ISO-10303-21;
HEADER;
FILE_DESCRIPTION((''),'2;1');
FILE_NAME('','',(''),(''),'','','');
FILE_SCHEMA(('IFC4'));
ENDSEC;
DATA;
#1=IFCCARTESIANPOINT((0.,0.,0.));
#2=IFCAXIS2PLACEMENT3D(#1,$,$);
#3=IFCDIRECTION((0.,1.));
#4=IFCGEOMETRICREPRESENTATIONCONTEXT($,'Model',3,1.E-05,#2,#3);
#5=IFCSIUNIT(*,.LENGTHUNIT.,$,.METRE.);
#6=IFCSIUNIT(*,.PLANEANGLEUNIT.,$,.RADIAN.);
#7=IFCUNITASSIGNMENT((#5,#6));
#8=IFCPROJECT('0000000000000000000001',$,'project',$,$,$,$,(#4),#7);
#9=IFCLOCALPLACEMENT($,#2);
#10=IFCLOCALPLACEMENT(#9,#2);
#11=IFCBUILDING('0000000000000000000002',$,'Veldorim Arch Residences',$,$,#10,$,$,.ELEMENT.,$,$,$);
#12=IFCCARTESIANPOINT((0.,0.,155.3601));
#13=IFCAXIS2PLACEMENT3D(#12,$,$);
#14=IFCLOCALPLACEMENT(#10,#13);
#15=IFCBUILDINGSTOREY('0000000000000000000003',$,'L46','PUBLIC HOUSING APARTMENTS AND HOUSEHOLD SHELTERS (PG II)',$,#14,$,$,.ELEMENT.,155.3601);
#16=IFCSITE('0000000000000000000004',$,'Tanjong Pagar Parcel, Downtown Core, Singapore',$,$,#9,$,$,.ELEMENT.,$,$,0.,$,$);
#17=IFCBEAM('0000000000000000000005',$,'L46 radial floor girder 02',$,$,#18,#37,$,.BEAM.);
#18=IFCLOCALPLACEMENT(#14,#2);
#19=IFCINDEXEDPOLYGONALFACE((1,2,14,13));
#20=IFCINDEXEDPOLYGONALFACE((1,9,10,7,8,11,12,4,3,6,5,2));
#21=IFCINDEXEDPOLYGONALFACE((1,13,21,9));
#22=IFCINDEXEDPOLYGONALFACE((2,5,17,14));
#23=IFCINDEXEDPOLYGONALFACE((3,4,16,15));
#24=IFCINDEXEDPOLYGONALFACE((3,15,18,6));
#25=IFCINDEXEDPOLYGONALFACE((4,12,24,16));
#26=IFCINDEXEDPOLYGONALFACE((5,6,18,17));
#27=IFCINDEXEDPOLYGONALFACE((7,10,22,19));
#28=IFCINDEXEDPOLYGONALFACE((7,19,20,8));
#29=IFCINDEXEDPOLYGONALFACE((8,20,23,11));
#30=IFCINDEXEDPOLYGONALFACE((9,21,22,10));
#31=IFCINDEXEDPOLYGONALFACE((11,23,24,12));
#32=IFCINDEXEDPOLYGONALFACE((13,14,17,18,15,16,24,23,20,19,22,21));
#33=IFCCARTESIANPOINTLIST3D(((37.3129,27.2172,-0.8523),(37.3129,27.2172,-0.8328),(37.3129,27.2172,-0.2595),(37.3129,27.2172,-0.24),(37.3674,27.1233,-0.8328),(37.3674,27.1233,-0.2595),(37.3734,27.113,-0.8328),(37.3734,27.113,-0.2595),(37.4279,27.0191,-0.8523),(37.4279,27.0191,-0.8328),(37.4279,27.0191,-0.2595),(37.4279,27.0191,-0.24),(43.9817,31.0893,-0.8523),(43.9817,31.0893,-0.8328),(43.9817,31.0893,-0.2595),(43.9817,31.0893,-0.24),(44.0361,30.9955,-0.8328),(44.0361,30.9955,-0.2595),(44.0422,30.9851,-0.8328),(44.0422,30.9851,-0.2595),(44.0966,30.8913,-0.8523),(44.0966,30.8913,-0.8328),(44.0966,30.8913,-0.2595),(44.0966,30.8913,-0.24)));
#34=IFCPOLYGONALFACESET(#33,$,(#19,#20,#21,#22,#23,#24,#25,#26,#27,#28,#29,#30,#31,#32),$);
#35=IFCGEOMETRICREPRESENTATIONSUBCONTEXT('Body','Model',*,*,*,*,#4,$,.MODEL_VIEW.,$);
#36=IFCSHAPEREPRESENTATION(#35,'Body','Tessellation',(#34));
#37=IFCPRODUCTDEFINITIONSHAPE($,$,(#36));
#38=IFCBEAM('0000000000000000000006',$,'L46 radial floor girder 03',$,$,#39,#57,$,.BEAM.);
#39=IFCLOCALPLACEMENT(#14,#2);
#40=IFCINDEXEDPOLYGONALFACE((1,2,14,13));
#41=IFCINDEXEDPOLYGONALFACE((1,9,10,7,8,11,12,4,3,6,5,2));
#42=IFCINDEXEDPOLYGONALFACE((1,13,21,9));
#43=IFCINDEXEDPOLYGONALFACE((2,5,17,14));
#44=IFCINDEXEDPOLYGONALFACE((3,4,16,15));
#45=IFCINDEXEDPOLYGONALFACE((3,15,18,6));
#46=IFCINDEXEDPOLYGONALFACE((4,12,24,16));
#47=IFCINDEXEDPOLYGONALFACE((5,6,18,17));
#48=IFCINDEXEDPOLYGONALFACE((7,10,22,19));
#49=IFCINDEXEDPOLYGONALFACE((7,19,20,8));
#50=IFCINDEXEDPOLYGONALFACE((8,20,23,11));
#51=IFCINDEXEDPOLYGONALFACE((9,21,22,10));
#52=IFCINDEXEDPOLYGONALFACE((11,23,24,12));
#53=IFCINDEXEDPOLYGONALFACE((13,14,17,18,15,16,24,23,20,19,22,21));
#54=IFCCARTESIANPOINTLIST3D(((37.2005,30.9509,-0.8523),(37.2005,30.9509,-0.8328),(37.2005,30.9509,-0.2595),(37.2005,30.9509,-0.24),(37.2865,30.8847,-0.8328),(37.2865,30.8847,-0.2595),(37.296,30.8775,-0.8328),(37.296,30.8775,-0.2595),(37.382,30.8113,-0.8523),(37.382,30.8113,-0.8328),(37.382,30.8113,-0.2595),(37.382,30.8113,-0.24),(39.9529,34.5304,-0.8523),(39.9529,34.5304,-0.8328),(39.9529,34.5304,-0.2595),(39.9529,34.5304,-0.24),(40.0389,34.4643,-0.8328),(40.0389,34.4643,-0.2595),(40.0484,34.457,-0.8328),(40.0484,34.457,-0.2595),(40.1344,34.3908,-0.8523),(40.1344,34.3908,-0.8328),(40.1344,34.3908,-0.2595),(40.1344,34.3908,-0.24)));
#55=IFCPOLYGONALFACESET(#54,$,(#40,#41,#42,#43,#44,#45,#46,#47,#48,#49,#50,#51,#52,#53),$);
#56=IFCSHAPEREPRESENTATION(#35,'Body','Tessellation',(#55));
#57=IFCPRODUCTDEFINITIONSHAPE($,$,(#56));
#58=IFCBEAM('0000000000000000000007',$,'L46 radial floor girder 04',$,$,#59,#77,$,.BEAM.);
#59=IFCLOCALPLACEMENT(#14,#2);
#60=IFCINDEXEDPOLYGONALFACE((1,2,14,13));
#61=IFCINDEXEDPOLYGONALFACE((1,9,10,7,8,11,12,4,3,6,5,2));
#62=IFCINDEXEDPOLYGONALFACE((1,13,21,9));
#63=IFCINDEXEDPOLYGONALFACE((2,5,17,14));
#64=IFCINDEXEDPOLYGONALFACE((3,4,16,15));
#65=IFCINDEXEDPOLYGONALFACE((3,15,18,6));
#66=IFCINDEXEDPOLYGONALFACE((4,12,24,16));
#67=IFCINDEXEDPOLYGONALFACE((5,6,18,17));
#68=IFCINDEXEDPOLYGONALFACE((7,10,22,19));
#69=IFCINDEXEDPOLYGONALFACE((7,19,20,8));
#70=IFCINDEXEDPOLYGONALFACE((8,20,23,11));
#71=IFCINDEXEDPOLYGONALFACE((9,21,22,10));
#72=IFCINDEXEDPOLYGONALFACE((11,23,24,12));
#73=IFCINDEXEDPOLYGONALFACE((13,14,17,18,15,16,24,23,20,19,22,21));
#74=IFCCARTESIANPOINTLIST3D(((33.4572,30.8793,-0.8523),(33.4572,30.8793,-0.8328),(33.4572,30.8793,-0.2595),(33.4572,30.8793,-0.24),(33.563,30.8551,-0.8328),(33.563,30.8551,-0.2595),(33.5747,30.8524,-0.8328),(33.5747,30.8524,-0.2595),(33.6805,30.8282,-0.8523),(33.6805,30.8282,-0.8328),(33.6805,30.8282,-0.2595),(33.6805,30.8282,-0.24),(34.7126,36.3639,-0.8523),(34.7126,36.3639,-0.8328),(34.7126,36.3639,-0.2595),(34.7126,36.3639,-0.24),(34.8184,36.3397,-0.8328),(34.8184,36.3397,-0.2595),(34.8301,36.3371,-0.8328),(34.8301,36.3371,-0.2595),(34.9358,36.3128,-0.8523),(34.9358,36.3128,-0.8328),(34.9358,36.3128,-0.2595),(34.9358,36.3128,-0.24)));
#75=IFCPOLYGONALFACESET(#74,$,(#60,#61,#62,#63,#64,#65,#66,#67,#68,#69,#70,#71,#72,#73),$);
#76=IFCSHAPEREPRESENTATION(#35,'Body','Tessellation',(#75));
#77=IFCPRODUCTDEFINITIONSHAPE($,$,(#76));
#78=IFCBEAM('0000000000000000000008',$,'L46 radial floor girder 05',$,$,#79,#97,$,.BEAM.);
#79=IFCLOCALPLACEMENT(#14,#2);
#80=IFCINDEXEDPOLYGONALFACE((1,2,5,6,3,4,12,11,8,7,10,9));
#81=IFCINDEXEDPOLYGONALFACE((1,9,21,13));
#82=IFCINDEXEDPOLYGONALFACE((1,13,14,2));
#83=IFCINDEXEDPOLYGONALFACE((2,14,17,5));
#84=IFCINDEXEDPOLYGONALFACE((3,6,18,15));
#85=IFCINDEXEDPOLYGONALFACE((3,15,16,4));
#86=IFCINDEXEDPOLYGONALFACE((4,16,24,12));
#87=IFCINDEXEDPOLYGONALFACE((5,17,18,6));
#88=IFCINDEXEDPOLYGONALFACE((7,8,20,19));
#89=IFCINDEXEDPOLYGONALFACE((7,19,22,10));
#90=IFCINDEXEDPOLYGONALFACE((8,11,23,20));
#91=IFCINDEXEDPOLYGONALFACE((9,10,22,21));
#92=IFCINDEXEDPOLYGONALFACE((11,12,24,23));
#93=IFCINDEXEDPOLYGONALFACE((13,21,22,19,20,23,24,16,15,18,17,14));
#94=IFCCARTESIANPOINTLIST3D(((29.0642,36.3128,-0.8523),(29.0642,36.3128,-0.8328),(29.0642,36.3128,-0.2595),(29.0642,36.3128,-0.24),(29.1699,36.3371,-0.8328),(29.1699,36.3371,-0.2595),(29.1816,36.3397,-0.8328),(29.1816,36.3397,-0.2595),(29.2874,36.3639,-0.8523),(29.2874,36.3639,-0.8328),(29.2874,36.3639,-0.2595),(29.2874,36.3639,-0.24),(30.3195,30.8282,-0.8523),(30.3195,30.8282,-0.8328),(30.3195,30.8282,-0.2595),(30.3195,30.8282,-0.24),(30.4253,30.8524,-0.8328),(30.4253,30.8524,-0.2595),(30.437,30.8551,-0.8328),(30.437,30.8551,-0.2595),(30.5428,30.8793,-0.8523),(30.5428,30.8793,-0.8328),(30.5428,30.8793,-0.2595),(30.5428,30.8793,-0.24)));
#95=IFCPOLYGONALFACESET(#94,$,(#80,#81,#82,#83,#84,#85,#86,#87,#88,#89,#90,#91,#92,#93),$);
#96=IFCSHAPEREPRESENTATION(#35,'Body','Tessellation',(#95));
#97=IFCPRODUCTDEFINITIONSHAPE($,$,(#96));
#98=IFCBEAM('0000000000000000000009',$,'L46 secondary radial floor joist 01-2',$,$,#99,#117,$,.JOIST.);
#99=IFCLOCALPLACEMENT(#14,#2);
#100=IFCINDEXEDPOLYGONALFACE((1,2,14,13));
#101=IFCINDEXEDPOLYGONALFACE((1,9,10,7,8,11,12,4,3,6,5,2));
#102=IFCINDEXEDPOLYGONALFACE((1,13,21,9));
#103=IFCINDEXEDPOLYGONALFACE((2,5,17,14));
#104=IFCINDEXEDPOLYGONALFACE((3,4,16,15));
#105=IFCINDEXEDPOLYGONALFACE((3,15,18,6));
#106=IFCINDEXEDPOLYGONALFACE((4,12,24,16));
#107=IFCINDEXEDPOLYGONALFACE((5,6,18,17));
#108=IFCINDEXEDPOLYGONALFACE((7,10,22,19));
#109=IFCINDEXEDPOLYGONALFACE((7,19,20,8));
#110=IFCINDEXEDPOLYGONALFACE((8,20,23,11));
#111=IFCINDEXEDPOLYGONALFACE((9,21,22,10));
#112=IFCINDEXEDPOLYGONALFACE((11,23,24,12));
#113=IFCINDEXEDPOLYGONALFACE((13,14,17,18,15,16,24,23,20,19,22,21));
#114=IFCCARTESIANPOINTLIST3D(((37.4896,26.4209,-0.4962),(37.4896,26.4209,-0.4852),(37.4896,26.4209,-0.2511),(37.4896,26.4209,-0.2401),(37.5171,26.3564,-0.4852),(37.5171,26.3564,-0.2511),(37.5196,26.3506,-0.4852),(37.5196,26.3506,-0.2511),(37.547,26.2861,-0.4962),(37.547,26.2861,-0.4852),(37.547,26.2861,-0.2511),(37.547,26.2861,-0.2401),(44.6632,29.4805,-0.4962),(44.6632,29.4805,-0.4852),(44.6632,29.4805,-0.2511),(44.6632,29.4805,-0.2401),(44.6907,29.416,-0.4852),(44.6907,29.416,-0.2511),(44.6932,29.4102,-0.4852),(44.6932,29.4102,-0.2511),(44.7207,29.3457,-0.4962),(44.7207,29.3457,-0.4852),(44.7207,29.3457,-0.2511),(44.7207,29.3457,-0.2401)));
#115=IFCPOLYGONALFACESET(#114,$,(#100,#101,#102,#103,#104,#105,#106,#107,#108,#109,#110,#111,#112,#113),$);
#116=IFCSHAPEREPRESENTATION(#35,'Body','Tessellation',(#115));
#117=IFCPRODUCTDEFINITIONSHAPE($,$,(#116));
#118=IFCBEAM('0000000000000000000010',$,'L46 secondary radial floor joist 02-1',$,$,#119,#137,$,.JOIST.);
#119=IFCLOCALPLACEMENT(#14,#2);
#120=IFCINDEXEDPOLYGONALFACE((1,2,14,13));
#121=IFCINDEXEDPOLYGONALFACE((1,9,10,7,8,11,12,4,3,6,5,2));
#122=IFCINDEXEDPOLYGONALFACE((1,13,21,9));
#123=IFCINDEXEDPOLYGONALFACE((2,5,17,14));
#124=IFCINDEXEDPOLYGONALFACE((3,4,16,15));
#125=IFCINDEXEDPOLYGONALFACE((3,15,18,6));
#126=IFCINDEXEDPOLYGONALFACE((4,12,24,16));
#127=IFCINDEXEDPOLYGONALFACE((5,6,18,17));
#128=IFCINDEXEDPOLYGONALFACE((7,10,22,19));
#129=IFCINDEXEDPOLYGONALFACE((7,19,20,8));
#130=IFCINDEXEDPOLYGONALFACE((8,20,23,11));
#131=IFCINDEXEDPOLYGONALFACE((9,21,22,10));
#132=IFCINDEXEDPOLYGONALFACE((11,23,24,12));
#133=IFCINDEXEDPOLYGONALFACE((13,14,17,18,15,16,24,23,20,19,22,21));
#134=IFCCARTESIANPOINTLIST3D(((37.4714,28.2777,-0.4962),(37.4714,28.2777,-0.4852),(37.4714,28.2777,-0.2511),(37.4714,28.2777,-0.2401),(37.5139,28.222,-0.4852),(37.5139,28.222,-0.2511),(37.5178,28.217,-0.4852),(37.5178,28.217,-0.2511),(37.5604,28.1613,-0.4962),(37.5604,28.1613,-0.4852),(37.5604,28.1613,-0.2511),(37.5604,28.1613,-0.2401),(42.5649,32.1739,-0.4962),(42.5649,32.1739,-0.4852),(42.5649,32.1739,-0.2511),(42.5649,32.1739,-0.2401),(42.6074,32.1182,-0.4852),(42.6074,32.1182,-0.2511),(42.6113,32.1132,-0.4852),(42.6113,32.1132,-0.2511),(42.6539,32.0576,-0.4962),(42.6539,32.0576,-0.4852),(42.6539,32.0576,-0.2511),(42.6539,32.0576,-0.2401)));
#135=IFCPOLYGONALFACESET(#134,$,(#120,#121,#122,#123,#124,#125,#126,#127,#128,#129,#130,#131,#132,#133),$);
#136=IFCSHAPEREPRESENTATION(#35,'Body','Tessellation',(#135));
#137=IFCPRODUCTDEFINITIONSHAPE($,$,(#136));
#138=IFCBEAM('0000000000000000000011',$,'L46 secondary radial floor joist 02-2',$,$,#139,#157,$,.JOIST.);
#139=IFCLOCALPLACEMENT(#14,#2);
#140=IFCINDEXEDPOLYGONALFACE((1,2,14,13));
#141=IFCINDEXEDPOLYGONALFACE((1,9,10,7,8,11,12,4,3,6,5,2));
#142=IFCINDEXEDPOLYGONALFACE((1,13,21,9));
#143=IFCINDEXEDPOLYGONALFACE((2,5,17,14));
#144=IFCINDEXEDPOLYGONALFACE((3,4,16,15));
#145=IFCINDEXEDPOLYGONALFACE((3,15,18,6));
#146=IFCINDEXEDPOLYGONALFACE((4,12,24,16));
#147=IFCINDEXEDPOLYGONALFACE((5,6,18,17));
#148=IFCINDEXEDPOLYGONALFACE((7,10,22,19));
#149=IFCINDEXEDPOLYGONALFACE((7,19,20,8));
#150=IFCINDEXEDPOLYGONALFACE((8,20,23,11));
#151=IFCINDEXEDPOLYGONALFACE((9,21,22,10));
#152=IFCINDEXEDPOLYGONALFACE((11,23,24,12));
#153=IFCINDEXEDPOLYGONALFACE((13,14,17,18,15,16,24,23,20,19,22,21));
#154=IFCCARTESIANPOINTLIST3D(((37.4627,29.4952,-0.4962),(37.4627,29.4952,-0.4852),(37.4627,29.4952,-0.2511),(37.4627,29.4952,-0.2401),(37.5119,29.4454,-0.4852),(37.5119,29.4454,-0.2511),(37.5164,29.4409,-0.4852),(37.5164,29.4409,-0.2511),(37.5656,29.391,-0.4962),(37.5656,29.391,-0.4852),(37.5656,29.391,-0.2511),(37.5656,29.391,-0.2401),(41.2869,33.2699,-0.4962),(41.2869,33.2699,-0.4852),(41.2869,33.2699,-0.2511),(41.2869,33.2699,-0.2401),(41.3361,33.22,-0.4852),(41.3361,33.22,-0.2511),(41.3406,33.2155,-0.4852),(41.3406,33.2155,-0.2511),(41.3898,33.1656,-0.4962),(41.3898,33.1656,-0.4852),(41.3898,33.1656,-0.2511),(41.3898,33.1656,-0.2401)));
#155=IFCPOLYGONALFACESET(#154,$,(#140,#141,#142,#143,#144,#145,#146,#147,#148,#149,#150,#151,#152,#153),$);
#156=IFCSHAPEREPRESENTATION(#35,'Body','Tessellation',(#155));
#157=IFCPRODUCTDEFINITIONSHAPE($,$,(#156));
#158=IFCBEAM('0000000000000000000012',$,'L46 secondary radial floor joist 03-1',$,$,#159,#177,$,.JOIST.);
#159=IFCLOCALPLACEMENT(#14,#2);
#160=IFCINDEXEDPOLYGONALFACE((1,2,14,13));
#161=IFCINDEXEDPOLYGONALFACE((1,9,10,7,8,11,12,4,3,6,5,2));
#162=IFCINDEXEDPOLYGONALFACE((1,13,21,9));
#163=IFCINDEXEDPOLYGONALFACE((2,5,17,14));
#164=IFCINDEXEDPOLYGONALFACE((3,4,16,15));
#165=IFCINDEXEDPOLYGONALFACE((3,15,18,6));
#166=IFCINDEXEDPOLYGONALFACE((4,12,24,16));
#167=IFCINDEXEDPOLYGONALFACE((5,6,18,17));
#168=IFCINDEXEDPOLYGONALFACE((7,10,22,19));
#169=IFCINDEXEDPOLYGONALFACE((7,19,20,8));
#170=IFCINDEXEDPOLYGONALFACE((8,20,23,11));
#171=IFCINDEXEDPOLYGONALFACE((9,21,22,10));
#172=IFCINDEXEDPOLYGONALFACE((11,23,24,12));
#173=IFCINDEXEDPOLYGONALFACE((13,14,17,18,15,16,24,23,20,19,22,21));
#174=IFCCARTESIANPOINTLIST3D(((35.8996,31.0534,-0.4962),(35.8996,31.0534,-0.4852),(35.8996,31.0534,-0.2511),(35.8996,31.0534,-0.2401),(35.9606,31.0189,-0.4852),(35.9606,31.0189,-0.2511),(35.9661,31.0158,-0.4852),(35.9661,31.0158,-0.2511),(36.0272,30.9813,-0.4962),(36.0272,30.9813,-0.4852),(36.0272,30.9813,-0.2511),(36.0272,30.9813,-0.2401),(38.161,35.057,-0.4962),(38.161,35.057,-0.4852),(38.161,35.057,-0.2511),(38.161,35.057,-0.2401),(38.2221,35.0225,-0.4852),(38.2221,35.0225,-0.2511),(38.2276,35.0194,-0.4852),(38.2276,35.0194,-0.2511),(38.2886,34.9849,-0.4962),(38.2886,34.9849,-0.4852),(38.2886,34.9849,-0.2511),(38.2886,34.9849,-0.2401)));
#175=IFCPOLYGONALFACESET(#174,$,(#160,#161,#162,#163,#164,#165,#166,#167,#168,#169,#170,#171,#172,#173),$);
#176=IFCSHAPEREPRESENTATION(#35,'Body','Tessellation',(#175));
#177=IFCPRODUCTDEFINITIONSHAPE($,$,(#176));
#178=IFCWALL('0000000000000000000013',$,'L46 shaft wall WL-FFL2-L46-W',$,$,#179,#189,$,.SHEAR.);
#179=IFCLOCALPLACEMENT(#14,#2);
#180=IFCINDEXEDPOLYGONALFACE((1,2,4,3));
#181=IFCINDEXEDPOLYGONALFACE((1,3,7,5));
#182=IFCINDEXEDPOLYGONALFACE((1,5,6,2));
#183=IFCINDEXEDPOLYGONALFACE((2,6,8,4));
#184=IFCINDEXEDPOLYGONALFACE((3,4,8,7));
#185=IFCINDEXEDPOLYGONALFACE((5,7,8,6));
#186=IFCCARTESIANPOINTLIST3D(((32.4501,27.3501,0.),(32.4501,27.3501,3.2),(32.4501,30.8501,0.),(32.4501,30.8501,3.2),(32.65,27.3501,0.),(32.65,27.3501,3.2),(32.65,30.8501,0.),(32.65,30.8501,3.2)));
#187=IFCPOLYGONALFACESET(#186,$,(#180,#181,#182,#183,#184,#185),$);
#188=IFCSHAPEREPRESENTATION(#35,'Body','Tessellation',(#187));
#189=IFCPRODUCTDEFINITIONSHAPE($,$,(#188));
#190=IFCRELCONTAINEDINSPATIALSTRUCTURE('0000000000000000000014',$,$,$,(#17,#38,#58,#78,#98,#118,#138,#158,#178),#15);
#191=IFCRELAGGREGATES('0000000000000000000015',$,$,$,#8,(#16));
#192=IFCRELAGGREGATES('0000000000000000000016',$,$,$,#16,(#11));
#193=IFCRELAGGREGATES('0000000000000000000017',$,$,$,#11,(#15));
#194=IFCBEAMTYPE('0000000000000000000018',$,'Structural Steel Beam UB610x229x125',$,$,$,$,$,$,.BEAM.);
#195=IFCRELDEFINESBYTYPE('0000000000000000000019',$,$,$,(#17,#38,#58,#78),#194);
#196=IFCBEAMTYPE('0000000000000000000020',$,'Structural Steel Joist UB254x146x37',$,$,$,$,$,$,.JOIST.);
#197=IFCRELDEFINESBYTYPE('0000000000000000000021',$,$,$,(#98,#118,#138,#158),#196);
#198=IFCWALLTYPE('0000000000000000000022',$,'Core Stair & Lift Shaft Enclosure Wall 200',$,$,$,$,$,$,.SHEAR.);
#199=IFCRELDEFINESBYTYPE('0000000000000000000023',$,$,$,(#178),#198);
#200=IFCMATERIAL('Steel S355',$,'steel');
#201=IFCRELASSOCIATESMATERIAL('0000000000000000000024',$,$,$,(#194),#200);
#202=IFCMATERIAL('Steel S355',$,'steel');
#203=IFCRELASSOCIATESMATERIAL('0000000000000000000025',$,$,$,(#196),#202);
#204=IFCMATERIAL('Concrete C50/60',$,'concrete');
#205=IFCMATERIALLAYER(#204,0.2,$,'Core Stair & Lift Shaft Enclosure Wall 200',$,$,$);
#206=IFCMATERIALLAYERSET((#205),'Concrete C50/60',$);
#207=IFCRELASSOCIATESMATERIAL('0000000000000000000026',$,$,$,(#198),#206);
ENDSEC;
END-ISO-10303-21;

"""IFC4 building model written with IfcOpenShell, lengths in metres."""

from ifc_helpers import new_model, si_unit, direction, frame, frame_2d, origin, origin_2d, place, context, subcontext, project, spatial, rectangle, i_section, extrude, material, layer, layer_set, material_profile, profile_set, type_object, element, save


model = new_model("IFC4")

# Units and contexts
model_context = context("Model", 3, precision=1e-05, world=origin(), true_north=direction((0.0, 1.0)))
body_context = subcontext(model_context, "Body", "Model", "MODEL_VIEW")
ifc_project = project(units=[si_unit("LENGTHUNIT", "METRE"), si_unit("PLANEANGLEUNIT", "RADIAN")], contexts=[model_context])

# Site, building, storey
site_placement = place(None, origin())
site = spatial("IfcSite", under=ifc_project, at=site_placement, Name="Tanjong Pagar Parcel, Downtown Core, Singapore", CompositionType="ELEMENT", RefElevation=0.0)
building_placement = place(site_placement, origin())
building = spatial("IfcBuilding", under=site, at=building_placement, Name="Veldorim Arch Residences", CompositionType="ELEMENT")
storey_placement = place(building_placement, frame((0.0, 0.0, 155.3601)))
storey = spatial("IfcBuildingStorey", under=building, at=storey_placement, Name="L46", Description="PUBLIC HOUSING APARTMENTS AND HOUSEHOLD SHELTERS (PG II)", CompositionType="ELEMENT", Elevation=155.3601)

# Beams
ifc_material_1 = material(Name="Steel S355", Category="steel")
ifc_material_profile_1 = material_profile(ifc_material_1, i_section(OverallWidth=0.229, OverallDepth=0.6123, WebThickness=0.012, FlangeThickness=0.0195, at=origin_2d()), Name="UB610x229x125")
ifc_profile_set_1 = profile_set([ifc_material_profile_1], Name="Steel S355")
beam_type_1 = type_object("IfcBeamType", Name="Structural Steel Beam UB610x229x125", PredefinedType="BEAM", material=ifc_profile_set_1)
beam_1_placement = place(storey_placement, frame((37.3704, 27.1182, -0.5461), z_axis=(0.864793, 0.502128, 0.0), x_axis=(-0.502128, 0.864793, 0.0)))
element("IfcBeam", 1, at=beam_1_placement, inside=storey, type_object=beam_type_1, Name="L46 radial floor girder 02", PredefinedType="BEAM", context=body_context, shape_type="SweptSolid", body=[
    extrude(i_section(OverallWidth=0.229, OverallDepth=0.6123, WebThickness=0.012, FlangeThickness=0.0195, at=origin_2d()), origin(), (0.0, 0.0, 1.0), 7.7114),
])
beam_2_placement = place(storey_placement, frame((37.2913, 30.8811, -0.5461), z_axis=(0.609559, 0.792741, 0.0), x_axis=(-0.792741, 0.609559, 0.0)))
element("IfcBeam", 2, at=beam_2_placement, inside=storey, type_object=beam_type_1, Name="L46 radial floor girder 03", PredefinedType="BEAM", context=body_context, shape_type="SweptSolid", body=[
    extrude(i_section(OverallWidth=0.229, OverallDepth=0.6123, WebThickness=0.012, FlangeThickness=0.0195, at=origin_2d()), origin(), (0.0, 0.0, 1.0), 4.5154),
])
for number, where, z_axis, x_axis, name in (
    (3, (33.5688, 30.8538, -0.5461), (0.223119, 0.974791, 0.0), (-0.974791, 0.223119, 0.0), "L46 radial floor girder 04"),
    (4, (30.4312, 30.8538, -0.5461), (-0.223119, 0.974791, 0.0), (-0.974791, -0.223119, 0.0), "L46 radial floor girder 05"),
):
    element("IfcBeam", number, at=place(storey_placement, frame(where, z_axis=z_axis, x_axis=x_axis)), inside=storey, type_object=beam_type_1, Name=name, PredefinedType="BEAM", context=body_context, shape_type="SweptSolid", body=[
        extrude(i_section(OverallWidth=0.229, OverallDepth=0.6123, WebThickness=0.012, FlangeThickness=0.0195, at=origin_2d()), origin(), (0.0, 0.0, 1.0), 5.6265),
    ])
ifc_material_2 = material(Name="Steel S355", Category="steel")
ifc_material_profile_2 = material_profile(ifc_material_2, i_section(OverallWidth=0.1465, OverallDepth=0.2561, WebThickness=0.0063, FlangeThickness=0.011, at=origin_2d()), Name="UB254x146x37")
ifc_profile_set_2 = profile_set([ifc_material_profile_2], Name="Steel S355")
beam_type_2 = type_object("IfcBeamType", Name="Structural Steel Joist UB254x146x37", PredefinedType="JOIST", material=ifc_profile_set_2)
beam_3_placement = place(storey_placement, frame((37.5183, 26.3535, -0.3682), z_axis=(0.919832, 0.392313, 0.0), x_axis=(-0.392313, 0.919832, 0.0)))
element("IfcBeam", 5, at=beam_3_placement, inside=storey, type_object=beam_type_2, Name="L46 secondary radial floor joist 01-2", PredefinedType="JOIST", context=body_context, shape_type="SweptSolid", body=[
    extrude(i_section(OverallWidth=0.1465, OverallDepth=0.2561, WebThickness=0.0063, FlangeThickness=0.011, at=origin_2d()), origin(), (0.0, 0.0, 1.0), 7.7988),
])
beam_4_placement = place(storey_placement, frame((37.5159, 28.2195, -0.3682), z_axis=(0.794267, 0.607569, 0.0), x_axis=(-0.607569, 0.794267, 0.0)))
element("IfcBeam", 6, at=beam_4_placement, inside=storey, type_object=beam_type_2, Name="L46 secondary radial floor joist 02-1", PredefinedType="JOIST", context=body_context, shape_type="SweptSolid", body=[
    extrude(i_section(OverallWidth=0.1465, OverallDepth=0.2561, WebThickness=0.0063, FlangeThickness=0.011, at=origin_2d()), origin(), (0.0, 0.0, 1.0), 6.4128),
])
beam_5_placement = place(storey_placement, frame((37.5142, 29.4431, -0.3682), z_axis=(0.711703, 0.70248, 0.0), x_axis=(-0.70248, 0.711703, 0.0)))
element("IfcBeam", 7, at=beam_5_placement, inside=storey, type_object=beam_type_2, Name="L46 secondary radial floor joist 02-2", PredefinedType="JOIST", context=body_context, shape_type="SweptSolid", body=[
    extrude(i_section(OverallWidth=0.1465, OverallDepth=0.2561, WebThickness=0.0063, FlangeThickness=0.011, at=origin_2d()), origin(), (0.0, 0.0, 1.0), 5.3733),
])
beam_6_placement = place(storey_placement, frame((35.9634, 31.0173, -0.3682), z_axis=(0.491816, 0.870699, 0.0), x_axis=(-0.870699, 0.491816, 0.0)))
element("IfcBeam", 8, at=beam_6_placement, inside=storey, type_object=beam_type_2, Name="L46 secondary radial floor joist 03-1", PredefinedType="JOIST", context=body_context, shape_type="SweptSolid", body=[
    extrude(i_section(OverallWidth=0.1465, OverallDepth=0.2561, WebThickness=0.0063, FlangeThickness=0.011, at=origin_2d()), origin(), (0.0, 0.0, 1.0), 4.5981),
])

# Shared definitions
ifc_material_3 = material(Name="Concrete C50/60", Category="concrete")
ifc_layer = layer(ifc_material_3, 0.2, Name="Core Stair & Lift Shaft Enclosure Wall 200")
ifc_layer_set = layer_set([ifc_layer], Name="Concrete C50/60")
wall_type = type_object("IfcWallType", Name="Core Stair & Lift Shaft Enclosure Wall 200", PredefinedType="SHEAR", material=ifc_layer_set)

# Wall
wall_1_placement = place(storey_placement, frame((32.55, 27.3501, 0.0), z_axis=(0.0, 0.0, 1.0), x_axis=(0.0, 1.0, 0.0)))
element("IfcWall", 9, at=wall_1_placement, inside=storey, type_object=wall_type, Name="L46 shaft wall WL-FFL2-L46-W", PredefinedType="SHEAR", context=body_context, shape_type="SweptSolid", body=[
    extrude(rectangle(XDim=3.5, YDim=0.2, at=frame_2d((1.75, 0.0))), origin(), (0.0, 0.0, 1.0), 3.2),
])

save(model, "model.ifc")
